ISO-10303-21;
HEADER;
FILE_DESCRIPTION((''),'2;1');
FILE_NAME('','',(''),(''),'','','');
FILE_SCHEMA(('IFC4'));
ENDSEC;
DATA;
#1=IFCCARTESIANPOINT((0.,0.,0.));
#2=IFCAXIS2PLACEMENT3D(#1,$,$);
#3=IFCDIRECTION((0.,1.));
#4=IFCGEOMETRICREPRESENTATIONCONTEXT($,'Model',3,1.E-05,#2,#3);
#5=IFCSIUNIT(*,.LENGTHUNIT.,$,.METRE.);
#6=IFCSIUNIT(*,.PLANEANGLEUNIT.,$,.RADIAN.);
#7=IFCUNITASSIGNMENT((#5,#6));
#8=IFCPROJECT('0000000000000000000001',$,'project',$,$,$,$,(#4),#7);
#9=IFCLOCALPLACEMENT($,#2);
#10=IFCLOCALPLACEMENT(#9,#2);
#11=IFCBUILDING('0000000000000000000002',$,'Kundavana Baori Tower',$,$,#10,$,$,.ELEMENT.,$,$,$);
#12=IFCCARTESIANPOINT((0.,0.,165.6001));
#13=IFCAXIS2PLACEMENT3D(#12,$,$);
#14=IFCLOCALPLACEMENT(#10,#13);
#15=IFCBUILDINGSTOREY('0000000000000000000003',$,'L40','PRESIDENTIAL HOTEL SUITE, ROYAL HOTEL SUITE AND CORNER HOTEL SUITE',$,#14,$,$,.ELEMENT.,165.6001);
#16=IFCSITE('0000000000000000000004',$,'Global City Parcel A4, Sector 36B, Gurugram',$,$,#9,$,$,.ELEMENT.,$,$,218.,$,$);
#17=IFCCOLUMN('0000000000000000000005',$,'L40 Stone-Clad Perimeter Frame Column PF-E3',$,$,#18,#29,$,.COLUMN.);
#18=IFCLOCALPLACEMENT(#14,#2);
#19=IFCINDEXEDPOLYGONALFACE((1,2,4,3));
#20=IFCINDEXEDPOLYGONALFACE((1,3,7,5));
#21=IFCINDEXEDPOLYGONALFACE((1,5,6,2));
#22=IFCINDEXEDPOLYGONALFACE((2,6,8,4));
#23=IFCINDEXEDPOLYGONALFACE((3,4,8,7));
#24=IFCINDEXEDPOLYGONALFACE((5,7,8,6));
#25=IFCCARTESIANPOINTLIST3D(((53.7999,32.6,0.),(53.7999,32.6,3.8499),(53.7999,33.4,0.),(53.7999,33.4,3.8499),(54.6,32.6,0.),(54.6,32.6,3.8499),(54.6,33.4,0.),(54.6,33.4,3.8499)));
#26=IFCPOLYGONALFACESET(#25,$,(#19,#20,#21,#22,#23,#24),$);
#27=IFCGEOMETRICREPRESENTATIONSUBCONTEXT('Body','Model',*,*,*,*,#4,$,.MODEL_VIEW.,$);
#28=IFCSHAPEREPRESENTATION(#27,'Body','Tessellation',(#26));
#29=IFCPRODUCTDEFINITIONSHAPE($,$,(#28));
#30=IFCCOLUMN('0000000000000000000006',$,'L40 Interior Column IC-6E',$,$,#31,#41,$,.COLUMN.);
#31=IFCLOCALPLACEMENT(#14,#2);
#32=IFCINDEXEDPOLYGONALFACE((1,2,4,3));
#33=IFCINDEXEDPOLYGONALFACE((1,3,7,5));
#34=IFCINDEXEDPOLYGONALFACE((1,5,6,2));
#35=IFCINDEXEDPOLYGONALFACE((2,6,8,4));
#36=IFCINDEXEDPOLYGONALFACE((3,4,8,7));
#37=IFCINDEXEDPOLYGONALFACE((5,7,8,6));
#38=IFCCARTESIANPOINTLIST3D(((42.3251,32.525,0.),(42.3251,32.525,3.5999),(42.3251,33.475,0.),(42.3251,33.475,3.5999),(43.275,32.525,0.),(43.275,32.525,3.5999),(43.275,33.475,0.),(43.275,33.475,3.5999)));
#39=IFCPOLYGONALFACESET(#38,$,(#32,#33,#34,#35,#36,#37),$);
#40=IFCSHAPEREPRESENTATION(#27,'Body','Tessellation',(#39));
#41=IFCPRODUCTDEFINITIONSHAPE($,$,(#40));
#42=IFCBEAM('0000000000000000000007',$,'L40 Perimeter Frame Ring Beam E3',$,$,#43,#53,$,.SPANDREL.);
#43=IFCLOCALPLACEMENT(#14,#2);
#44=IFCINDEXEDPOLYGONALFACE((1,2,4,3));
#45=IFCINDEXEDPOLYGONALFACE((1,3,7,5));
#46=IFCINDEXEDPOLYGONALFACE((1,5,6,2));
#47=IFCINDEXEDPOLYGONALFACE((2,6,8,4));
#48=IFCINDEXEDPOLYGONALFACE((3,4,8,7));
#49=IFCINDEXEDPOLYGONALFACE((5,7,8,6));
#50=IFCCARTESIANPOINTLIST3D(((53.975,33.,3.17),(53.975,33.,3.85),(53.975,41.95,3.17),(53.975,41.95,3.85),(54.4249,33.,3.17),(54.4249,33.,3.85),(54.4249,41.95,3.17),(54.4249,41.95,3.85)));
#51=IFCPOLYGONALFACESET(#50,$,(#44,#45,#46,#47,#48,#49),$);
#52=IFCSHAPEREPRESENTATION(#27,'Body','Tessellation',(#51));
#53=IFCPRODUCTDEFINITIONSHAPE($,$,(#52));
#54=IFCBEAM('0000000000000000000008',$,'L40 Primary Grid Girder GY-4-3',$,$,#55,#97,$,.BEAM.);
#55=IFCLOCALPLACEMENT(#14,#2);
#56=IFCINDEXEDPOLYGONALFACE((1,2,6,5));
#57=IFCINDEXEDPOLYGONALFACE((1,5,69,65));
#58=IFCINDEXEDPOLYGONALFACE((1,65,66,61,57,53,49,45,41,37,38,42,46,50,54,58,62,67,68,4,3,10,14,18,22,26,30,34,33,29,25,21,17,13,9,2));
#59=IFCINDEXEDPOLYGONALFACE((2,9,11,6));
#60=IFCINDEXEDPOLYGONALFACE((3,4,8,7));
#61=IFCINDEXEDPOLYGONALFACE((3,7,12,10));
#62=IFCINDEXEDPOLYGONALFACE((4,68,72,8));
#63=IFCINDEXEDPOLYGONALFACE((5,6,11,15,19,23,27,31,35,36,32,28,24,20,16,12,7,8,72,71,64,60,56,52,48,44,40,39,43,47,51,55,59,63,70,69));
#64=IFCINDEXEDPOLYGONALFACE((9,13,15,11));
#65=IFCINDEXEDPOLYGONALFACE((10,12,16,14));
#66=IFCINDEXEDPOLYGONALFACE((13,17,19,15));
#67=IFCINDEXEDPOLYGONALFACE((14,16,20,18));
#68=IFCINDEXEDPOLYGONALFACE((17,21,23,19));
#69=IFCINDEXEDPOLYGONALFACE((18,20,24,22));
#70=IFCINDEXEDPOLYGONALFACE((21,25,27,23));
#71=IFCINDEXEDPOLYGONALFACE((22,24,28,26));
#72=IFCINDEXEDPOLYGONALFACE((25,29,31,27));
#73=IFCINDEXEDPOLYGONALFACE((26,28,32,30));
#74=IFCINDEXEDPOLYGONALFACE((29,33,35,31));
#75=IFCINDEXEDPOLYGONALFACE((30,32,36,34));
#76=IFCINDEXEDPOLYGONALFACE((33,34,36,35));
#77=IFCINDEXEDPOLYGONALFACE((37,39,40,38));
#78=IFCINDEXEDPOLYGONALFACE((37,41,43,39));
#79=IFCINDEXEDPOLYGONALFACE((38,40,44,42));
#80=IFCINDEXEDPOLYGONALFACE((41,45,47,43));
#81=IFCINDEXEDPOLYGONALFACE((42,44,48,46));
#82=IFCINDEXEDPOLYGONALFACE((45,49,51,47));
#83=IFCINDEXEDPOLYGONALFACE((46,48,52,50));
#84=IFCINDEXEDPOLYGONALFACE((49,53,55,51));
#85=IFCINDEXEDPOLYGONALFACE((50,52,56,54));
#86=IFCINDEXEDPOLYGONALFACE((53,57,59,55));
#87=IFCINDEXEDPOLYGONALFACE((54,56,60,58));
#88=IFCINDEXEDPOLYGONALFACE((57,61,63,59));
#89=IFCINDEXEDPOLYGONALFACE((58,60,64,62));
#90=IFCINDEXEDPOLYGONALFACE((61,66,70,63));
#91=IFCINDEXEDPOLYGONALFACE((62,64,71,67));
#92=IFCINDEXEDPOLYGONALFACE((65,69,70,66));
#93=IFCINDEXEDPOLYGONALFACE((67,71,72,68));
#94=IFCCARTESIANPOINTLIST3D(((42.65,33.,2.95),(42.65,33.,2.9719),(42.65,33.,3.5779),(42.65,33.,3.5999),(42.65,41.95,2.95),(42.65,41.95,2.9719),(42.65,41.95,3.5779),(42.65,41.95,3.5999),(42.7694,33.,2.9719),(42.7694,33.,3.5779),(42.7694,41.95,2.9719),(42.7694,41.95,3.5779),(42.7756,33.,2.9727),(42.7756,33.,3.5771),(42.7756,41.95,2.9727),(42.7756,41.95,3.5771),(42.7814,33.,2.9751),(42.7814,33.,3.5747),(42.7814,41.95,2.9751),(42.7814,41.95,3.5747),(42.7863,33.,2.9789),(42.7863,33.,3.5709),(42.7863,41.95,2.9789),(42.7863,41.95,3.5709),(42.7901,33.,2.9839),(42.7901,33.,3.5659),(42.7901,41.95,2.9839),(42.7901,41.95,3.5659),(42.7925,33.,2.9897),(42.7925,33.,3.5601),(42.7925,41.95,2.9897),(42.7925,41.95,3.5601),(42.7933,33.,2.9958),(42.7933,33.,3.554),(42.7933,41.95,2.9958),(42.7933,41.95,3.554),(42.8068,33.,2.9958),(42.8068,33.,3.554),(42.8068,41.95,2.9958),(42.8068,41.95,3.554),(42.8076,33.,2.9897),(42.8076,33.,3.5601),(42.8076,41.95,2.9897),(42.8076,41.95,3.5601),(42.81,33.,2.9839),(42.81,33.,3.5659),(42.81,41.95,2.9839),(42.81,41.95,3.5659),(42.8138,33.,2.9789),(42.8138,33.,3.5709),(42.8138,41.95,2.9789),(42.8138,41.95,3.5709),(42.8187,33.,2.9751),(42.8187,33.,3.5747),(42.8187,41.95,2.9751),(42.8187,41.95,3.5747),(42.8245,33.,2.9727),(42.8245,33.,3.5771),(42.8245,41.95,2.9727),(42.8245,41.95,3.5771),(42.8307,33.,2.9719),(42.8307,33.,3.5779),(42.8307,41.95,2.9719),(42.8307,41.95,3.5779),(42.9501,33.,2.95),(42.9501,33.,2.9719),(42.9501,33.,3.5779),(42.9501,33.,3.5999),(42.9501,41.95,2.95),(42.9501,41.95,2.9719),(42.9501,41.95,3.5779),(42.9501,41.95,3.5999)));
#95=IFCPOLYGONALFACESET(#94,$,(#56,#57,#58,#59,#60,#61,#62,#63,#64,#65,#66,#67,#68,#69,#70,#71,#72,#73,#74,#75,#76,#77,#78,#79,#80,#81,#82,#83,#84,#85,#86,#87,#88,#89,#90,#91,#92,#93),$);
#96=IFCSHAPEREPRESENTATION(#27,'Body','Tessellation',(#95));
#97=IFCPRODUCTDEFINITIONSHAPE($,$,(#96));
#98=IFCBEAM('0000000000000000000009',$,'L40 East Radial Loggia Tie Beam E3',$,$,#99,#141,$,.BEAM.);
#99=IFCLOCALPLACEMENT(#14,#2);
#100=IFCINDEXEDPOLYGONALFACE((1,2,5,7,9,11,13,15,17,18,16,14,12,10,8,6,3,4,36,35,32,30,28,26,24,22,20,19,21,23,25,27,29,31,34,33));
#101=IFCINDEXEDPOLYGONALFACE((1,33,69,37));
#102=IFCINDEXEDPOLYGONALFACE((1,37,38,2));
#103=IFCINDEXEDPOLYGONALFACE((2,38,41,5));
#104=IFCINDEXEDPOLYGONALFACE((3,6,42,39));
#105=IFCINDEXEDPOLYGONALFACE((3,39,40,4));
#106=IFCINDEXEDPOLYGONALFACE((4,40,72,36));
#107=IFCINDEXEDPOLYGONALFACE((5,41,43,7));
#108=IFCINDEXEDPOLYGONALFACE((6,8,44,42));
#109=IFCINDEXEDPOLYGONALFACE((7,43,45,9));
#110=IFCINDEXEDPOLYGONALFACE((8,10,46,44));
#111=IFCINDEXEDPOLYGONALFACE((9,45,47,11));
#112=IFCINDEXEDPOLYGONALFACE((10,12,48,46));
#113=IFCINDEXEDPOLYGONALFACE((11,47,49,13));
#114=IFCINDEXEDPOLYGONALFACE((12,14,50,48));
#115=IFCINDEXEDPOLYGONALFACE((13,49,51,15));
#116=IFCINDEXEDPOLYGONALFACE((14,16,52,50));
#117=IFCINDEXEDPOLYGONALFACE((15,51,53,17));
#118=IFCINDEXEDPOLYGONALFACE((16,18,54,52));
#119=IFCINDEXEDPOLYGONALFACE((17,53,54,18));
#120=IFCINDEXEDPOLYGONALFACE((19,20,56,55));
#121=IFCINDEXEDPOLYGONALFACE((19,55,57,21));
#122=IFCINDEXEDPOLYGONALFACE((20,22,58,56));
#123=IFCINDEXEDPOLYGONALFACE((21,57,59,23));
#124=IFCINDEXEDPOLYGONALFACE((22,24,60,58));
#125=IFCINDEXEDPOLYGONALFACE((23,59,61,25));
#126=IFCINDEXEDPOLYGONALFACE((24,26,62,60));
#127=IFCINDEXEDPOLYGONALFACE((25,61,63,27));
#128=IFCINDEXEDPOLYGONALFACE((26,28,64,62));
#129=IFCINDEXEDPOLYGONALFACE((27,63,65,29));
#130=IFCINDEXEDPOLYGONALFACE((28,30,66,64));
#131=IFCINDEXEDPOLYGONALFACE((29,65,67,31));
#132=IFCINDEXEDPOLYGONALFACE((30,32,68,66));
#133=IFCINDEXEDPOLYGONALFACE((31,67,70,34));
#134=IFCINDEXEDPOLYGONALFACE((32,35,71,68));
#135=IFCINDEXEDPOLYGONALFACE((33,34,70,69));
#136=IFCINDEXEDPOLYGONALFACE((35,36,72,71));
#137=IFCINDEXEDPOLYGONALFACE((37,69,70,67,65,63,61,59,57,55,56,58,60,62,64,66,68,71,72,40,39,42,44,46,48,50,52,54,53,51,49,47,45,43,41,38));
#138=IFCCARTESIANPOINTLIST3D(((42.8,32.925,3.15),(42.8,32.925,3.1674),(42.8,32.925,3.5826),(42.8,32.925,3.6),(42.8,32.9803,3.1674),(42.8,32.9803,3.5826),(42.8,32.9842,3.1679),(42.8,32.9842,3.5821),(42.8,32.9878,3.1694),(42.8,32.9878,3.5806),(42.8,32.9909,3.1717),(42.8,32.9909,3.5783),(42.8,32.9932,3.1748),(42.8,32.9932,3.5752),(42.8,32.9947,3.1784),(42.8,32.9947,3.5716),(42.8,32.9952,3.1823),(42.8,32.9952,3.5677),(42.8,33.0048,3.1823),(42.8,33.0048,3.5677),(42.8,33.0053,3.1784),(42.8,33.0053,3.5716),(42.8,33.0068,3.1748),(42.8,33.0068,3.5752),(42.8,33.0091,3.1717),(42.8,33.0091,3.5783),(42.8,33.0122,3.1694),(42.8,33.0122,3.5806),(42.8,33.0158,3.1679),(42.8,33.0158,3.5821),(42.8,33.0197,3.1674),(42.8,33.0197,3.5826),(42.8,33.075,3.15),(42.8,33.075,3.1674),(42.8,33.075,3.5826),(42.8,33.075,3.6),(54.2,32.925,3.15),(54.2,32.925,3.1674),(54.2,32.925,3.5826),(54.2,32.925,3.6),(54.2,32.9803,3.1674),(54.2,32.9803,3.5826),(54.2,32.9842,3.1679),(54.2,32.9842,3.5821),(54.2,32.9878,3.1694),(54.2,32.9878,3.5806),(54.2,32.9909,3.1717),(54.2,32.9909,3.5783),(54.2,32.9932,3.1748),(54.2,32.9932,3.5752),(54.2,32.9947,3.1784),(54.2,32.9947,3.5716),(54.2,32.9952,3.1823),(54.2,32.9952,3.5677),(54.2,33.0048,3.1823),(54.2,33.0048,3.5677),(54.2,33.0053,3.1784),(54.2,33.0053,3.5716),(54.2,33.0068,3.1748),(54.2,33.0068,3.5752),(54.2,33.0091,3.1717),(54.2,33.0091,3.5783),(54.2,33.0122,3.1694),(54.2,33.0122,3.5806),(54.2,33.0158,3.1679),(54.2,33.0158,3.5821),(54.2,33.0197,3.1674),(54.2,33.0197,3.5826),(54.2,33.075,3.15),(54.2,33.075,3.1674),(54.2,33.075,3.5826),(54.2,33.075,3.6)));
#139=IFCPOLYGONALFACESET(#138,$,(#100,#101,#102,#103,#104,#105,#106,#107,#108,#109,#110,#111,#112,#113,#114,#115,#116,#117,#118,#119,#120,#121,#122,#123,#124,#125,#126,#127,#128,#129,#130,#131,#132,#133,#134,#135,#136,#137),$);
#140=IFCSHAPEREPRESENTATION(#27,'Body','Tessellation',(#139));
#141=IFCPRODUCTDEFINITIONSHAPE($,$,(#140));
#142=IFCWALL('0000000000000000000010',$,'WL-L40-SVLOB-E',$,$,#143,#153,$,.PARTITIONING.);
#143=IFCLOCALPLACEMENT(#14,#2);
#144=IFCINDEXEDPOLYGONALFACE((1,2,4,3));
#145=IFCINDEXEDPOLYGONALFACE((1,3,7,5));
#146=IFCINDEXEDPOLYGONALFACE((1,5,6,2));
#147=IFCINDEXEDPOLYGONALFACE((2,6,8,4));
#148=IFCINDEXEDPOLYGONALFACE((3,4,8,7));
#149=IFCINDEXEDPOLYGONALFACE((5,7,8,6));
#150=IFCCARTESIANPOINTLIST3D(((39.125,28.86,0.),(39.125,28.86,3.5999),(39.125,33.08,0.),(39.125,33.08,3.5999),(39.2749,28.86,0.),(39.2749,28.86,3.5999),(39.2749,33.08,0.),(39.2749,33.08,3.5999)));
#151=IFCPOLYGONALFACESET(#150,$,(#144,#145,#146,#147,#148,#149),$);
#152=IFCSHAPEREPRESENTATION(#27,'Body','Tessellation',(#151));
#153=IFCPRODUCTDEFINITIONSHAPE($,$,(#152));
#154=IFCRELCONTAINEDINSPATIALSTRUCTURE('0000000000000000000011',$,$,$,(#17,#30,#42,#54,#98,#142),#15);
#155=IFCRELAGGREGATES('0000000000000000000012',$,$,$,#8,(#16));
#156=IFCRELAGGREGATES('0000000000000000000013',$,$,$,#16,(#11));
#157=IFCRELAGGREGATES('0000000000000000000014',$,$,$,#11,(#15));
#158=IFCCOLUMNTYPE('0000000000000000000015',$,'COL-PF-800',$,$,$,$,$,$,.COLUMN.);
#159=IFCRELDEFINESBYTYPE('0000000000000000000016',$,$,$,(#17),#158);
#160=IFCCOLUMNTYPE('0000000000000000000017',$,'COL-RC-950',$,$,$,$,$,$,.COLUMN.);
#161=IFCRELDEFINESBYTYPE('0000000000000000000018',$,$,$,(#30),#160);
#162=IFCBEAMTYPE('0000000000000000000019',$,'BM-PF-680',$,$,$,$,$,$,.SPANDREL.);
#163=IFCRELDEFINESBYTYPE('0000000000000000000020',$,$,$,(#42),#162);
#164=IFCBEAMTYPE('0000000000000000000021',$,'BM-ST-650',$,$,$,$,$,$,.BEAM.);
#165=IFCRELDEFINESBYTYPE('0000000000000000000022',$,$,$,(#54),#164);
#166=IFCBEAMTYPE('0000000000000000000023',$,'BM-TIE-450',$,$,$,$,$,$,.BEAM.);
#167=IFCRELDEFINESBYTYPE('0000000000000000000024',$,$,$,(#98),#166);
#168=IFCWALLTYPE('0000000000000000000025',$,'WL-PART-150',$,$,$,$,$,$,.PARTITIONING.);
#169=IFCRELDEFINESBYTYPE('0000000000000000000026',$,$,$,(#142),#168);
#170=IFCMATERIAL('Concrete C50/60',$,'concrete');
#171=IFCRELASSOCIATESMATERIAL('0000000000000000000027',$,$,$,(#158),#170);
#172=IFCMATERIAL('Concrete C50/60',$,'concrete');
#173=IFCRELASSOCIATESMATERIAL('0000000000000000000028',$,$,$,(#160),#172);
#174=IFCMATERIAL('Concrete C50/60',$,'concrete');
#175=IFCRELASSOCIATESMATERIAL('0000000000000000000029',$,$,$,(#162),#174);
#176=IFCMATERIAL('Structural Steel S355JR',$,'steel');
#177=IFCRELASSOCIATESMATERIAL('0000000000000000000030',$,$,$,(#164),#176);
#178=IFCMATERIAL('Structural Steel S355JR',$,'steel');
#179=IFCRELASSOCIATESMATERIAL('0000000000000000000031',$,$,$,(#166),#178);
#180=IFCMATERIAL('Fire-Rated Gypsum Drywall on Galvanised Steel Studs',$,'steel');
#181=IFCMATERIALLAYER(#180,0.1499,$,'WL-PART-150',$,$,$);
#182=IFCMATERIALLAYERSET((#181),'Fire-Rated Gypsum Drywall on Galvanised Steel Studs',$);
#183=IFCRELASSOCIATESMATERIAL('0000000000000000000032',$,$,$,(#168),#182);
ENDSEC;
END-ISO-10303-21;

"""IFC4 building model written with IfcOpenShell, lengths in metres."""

from ifc_helpers import new_model, si_unit, direction, frame, frame_2d, origin, origin_2d, place, context, subcontext, project, spatial, rectangle, i_section, extrude, material, layer, layer_set, material_profile, profile_set, type_object, element, save


model = new_model("IFC4")

# Units and contexts
model_context = context("Model", 3, precision=1e-05, world=origin(), true_north=direction((0.0, 1.0)))
body_context = subcontext(model_context, "Body", "Model", "MODEL_VIEW")
ifc_project = project(units=[si_unit("LENGTHUNIT", "METRE"), si_unit("PLANEANGLEUNIT", "RADIAN")], contexts=[model_context])

# Site, building, storey
site_placement = place(None, origin())
site = spatial("IfcSite", under=ifc_project, at=site_placement, Name="Global City Parcel A4, Sector 36B, Gurugram", CompositionType="ELEMENT", RefElevation=218.0)
building_placement = place(site_placement, origin())
building = spatial("IfcBuilding", under=site, at=building_placement, Name="Kundavana Baori Tower", CompositionType="ELEMENT")
storey_placement = place(building_placement, frame((0.0, 0.0, 165.6001)))
storey = spatial("IfcBuildingStorey", under=building, at=storey_placement, Name="L40", Description="PRESIDENTIAL HOTEL SUITE, ROYAL HOTEL SUITE AND CORNER HOTEL SUITE", CompositionType="ELEMENT", Elevation=165.6001)

# Columns
ifc_material_1 = material(Name="Concrete C50/60", Category="concrete")
ifc_material_profile_1 = material_profile(ifc_material_1, rectangle(XDim=0.8, YDim=0.8, at=origin_2d()), Name="RC PF 800x800")
ifc_profile_set_1 = profile_set([ifc_material_profile_1], Name="Concrete C50/60")
column_type_1 = type_object("IfcColumnType", Name="COL-PF-800", PredefinedType="COLUMN", material=ifc_profile_set_1)
column_1_placement = place(storey_placement, frame((54.2, 33.0, 0.0), z_axis=(0.0, 0.0, 1.0), x_axis=(1.0, 0.0, 0.0)))
element("IfcColumn", 1, at=column_1_placement, inside=storey, type_object=column_type_1, Name="L40 Stone-Clad Perimeter Frame Column PF-E3", PredefinedType="COLUMN", context=body_context, shape_type="SweptSolid", body=[
    extrude(rectangle(XDim=0.8, YDim=0.8, at=origin_2d()), origin(), (0.0, 0.0, 1.0), 3.8499),
])
ifc_material_2 = material(Name="Concrete C50/60", Category="concrete")
ifc_material_profile_2 = material_profile(ifc_material_2, rectangle(XDim=0.95, YDim=0.95, at=origin_2d()), Name="RC 950x950")
ifc_profile_set_2 = profile_set([ifc_material_profile_2], Name="Concrete C50/60")
column_type_2 = type_object("IfcColumnType", Name="COL-RC-950", PredefinedType="COLUMN", material=ifc_profile_set_2)
column_2_placement = place(storey_placement, frame((42.8, 33.0, 0.0), z_axis=(0.0, 0.0, 1.0), x_axis=(1.0, 0.0, 0.0)))
element("IfcColumn", 2, at=column_2_placement, inside=storey, type_object=column_type_2, Name="L40 Interior Column IC-6E", PredefinedType="COLUMN", context=body_context, shape_type="SweptSolid", body=[
    extrude(rectangle(XDim=0.95, YDim=0.95, at=origin_2d()), origin(), (0.0, 0.0, 1.0), 3.5999),
])

# Beams
ifc_material_3 = material(Name="Concrete C50/60", Category="concrete")
ifc_material_profile_3 = material_profile(ifc_material_3, rectangle(XDim=0.45, YDim=0.6799, at=origin_2d()), Name="RC BM 450x680")
ifc_profile_set_3 = profile_set([ifc_material_profile_3], Name="Concrete C50/60")
beam_type_1 = type_object("IfcBeamType", Name="BM-PF-680", PredefinedType="SPANDREL", material=ifc_profile_set_3)
beam_1_placement = place(storey_placement, frame((54.2, 33.0, 3.51), z_axis=(0.0, 1.0, 0.0), x_axis=(-1.0, 0.0, 0.0)))
element("IfcBeam", 3, at=beam_1_placement, inside=storey, type_object=beam_type_1, Name="L40 Perimeter Frame Ring Beam E3", PredefinedType="SPANDREL", context=body_context, shape_type="SweptSolid", body=[
    extrude(rectangle(XDim=0.45, YDim=0.6799, at=origin_2d()), origin(), (0.0, 0.0, 1.0), 8.95),
])
ifc_material_4 = material(Name="Structural Steel S355JR", Category="steel")
ifc_material_profile_4 = material_profile(ifc_material_4, i_section(OverallWidth=0.3, OverallDepth=0.6499, WebThickness=0.0134, FlangeThickness=0.022, FilletRadius=0.0239, at=origin_2d()), Name="NPB 650x300x155")
ifc_profile_set_4 = profile_set([ifc_material_profile_4], Name="Structural Steel S355JR")
beam_type_2 = type_object("IfcBeamType", Name="BM-ST-650", PredefinedType="BEAM", material=ifc_profile_set_4)
beam_2_placement = place(storey_placement, frame((42.8, 33.0, 3.2749), z_axis=(0.0, 1.0, 0.0), x_axis=(-1.0, 0.0, 0.0)))
element("IfcBeam", 4, at=beam_2_placement, inside=storey, type_object=beam_type_2, Name="L40 Primary Grid Girder GY-4-3", PredefinedType="BEAM", context=body_context, shape_type="SweptSolid", body=[
    extrude(i_section(OverallWidth=0.3, OverallDepth=0.6499, WebThickness=0.0134, FlangeThickness=0.022, FilletRadius=0.0239, at=origin_2d()), origin(), (0.0, 0.0, 1.0), 8.95),
])
ifc_material_5 = material(Name="Structural Steel S355JR", Category="steel")
ifc_material_profile_5 = material_profile(ifc_material_5, i_section(OverallWidth=0.1499, OverallDepth=0.45, WebThickness=0.0095, FlangeThickness=0.0173, FilletRadius=0.0149, at=origin_2d()), Name="ISMB 450")
ifc_profile_set_5 = profile_set([ifc_material_profile_5], Name="Structural Steel S355JR")
beam_type_3 = type_object("IfcBeamType", Name="BM-TIE-450", PredefinedType="BEAM", material=ifc_profile_set_5)
beam_3_placement = place(storey_placement, frame((42.8, 33.0, 3.375), z_axis=(1.0, 0.0, 0.0), x_axis=(0.0, 1.0, 0.0)))
element("IfcBeam", 5, at=beam_3_placement, inside=storey, type_object=beam_type_3, Name="L40 East Radial Loggia Tie Beam E3", PredefinedType="BEAM", context=body_context, shape_type="SweptSolid", body=[
    extrude(i_section(OverallWidth=0.1499, OverallDepth=0.45, WebThickness=0.0095, FlangeThickness=0.0173, FilletRadius=0.0149, at=origin_2d()), origin(), (0.0, 0.0, 1.0), 11.3999),
])

# Wall
ifc_material_6 = material(Name="Fire-Rated Gypsum Drywall on Galvanised Steel Studs", Category="steel")
ifc_layer_1 = layer(ifc_material_6, 0.1499, Name="WL-PART-150")
ifc_layer_set_1 = layer_set([ifc_layer_1], Name="Fire-Rated Gypsum Drywall on Galvanised Steel Studs")
wall_type_1 = type_object("IfcWallType", Name="WL-PART-150", PredefinedType="PARTITIONING", material=ifc_layer_set_1)
wall_1_placement = place(storey_placement, frame((39.2, 28.8601, 0.0), z_axis=(0.0, 0.0, 1.0), x_axis=(0.0, 1.0, 0.0)))
element("IfcWall", 6, at=wall_1_placement, inside=storey, type_object=wall_type_1, Name="WL-L40-SVLOB-E", PredefinedType="PARTITIONING", context=body_context, shape_type="SweptSolid", body=[
    extrude(rectangle(XDim=4.22, YDim=0.1499, at=frame_2d((2.1099, 0.0))), origin(), (0.0, 0.0, 1.0), 3.5999),
])

save(model, "model.ifc")
